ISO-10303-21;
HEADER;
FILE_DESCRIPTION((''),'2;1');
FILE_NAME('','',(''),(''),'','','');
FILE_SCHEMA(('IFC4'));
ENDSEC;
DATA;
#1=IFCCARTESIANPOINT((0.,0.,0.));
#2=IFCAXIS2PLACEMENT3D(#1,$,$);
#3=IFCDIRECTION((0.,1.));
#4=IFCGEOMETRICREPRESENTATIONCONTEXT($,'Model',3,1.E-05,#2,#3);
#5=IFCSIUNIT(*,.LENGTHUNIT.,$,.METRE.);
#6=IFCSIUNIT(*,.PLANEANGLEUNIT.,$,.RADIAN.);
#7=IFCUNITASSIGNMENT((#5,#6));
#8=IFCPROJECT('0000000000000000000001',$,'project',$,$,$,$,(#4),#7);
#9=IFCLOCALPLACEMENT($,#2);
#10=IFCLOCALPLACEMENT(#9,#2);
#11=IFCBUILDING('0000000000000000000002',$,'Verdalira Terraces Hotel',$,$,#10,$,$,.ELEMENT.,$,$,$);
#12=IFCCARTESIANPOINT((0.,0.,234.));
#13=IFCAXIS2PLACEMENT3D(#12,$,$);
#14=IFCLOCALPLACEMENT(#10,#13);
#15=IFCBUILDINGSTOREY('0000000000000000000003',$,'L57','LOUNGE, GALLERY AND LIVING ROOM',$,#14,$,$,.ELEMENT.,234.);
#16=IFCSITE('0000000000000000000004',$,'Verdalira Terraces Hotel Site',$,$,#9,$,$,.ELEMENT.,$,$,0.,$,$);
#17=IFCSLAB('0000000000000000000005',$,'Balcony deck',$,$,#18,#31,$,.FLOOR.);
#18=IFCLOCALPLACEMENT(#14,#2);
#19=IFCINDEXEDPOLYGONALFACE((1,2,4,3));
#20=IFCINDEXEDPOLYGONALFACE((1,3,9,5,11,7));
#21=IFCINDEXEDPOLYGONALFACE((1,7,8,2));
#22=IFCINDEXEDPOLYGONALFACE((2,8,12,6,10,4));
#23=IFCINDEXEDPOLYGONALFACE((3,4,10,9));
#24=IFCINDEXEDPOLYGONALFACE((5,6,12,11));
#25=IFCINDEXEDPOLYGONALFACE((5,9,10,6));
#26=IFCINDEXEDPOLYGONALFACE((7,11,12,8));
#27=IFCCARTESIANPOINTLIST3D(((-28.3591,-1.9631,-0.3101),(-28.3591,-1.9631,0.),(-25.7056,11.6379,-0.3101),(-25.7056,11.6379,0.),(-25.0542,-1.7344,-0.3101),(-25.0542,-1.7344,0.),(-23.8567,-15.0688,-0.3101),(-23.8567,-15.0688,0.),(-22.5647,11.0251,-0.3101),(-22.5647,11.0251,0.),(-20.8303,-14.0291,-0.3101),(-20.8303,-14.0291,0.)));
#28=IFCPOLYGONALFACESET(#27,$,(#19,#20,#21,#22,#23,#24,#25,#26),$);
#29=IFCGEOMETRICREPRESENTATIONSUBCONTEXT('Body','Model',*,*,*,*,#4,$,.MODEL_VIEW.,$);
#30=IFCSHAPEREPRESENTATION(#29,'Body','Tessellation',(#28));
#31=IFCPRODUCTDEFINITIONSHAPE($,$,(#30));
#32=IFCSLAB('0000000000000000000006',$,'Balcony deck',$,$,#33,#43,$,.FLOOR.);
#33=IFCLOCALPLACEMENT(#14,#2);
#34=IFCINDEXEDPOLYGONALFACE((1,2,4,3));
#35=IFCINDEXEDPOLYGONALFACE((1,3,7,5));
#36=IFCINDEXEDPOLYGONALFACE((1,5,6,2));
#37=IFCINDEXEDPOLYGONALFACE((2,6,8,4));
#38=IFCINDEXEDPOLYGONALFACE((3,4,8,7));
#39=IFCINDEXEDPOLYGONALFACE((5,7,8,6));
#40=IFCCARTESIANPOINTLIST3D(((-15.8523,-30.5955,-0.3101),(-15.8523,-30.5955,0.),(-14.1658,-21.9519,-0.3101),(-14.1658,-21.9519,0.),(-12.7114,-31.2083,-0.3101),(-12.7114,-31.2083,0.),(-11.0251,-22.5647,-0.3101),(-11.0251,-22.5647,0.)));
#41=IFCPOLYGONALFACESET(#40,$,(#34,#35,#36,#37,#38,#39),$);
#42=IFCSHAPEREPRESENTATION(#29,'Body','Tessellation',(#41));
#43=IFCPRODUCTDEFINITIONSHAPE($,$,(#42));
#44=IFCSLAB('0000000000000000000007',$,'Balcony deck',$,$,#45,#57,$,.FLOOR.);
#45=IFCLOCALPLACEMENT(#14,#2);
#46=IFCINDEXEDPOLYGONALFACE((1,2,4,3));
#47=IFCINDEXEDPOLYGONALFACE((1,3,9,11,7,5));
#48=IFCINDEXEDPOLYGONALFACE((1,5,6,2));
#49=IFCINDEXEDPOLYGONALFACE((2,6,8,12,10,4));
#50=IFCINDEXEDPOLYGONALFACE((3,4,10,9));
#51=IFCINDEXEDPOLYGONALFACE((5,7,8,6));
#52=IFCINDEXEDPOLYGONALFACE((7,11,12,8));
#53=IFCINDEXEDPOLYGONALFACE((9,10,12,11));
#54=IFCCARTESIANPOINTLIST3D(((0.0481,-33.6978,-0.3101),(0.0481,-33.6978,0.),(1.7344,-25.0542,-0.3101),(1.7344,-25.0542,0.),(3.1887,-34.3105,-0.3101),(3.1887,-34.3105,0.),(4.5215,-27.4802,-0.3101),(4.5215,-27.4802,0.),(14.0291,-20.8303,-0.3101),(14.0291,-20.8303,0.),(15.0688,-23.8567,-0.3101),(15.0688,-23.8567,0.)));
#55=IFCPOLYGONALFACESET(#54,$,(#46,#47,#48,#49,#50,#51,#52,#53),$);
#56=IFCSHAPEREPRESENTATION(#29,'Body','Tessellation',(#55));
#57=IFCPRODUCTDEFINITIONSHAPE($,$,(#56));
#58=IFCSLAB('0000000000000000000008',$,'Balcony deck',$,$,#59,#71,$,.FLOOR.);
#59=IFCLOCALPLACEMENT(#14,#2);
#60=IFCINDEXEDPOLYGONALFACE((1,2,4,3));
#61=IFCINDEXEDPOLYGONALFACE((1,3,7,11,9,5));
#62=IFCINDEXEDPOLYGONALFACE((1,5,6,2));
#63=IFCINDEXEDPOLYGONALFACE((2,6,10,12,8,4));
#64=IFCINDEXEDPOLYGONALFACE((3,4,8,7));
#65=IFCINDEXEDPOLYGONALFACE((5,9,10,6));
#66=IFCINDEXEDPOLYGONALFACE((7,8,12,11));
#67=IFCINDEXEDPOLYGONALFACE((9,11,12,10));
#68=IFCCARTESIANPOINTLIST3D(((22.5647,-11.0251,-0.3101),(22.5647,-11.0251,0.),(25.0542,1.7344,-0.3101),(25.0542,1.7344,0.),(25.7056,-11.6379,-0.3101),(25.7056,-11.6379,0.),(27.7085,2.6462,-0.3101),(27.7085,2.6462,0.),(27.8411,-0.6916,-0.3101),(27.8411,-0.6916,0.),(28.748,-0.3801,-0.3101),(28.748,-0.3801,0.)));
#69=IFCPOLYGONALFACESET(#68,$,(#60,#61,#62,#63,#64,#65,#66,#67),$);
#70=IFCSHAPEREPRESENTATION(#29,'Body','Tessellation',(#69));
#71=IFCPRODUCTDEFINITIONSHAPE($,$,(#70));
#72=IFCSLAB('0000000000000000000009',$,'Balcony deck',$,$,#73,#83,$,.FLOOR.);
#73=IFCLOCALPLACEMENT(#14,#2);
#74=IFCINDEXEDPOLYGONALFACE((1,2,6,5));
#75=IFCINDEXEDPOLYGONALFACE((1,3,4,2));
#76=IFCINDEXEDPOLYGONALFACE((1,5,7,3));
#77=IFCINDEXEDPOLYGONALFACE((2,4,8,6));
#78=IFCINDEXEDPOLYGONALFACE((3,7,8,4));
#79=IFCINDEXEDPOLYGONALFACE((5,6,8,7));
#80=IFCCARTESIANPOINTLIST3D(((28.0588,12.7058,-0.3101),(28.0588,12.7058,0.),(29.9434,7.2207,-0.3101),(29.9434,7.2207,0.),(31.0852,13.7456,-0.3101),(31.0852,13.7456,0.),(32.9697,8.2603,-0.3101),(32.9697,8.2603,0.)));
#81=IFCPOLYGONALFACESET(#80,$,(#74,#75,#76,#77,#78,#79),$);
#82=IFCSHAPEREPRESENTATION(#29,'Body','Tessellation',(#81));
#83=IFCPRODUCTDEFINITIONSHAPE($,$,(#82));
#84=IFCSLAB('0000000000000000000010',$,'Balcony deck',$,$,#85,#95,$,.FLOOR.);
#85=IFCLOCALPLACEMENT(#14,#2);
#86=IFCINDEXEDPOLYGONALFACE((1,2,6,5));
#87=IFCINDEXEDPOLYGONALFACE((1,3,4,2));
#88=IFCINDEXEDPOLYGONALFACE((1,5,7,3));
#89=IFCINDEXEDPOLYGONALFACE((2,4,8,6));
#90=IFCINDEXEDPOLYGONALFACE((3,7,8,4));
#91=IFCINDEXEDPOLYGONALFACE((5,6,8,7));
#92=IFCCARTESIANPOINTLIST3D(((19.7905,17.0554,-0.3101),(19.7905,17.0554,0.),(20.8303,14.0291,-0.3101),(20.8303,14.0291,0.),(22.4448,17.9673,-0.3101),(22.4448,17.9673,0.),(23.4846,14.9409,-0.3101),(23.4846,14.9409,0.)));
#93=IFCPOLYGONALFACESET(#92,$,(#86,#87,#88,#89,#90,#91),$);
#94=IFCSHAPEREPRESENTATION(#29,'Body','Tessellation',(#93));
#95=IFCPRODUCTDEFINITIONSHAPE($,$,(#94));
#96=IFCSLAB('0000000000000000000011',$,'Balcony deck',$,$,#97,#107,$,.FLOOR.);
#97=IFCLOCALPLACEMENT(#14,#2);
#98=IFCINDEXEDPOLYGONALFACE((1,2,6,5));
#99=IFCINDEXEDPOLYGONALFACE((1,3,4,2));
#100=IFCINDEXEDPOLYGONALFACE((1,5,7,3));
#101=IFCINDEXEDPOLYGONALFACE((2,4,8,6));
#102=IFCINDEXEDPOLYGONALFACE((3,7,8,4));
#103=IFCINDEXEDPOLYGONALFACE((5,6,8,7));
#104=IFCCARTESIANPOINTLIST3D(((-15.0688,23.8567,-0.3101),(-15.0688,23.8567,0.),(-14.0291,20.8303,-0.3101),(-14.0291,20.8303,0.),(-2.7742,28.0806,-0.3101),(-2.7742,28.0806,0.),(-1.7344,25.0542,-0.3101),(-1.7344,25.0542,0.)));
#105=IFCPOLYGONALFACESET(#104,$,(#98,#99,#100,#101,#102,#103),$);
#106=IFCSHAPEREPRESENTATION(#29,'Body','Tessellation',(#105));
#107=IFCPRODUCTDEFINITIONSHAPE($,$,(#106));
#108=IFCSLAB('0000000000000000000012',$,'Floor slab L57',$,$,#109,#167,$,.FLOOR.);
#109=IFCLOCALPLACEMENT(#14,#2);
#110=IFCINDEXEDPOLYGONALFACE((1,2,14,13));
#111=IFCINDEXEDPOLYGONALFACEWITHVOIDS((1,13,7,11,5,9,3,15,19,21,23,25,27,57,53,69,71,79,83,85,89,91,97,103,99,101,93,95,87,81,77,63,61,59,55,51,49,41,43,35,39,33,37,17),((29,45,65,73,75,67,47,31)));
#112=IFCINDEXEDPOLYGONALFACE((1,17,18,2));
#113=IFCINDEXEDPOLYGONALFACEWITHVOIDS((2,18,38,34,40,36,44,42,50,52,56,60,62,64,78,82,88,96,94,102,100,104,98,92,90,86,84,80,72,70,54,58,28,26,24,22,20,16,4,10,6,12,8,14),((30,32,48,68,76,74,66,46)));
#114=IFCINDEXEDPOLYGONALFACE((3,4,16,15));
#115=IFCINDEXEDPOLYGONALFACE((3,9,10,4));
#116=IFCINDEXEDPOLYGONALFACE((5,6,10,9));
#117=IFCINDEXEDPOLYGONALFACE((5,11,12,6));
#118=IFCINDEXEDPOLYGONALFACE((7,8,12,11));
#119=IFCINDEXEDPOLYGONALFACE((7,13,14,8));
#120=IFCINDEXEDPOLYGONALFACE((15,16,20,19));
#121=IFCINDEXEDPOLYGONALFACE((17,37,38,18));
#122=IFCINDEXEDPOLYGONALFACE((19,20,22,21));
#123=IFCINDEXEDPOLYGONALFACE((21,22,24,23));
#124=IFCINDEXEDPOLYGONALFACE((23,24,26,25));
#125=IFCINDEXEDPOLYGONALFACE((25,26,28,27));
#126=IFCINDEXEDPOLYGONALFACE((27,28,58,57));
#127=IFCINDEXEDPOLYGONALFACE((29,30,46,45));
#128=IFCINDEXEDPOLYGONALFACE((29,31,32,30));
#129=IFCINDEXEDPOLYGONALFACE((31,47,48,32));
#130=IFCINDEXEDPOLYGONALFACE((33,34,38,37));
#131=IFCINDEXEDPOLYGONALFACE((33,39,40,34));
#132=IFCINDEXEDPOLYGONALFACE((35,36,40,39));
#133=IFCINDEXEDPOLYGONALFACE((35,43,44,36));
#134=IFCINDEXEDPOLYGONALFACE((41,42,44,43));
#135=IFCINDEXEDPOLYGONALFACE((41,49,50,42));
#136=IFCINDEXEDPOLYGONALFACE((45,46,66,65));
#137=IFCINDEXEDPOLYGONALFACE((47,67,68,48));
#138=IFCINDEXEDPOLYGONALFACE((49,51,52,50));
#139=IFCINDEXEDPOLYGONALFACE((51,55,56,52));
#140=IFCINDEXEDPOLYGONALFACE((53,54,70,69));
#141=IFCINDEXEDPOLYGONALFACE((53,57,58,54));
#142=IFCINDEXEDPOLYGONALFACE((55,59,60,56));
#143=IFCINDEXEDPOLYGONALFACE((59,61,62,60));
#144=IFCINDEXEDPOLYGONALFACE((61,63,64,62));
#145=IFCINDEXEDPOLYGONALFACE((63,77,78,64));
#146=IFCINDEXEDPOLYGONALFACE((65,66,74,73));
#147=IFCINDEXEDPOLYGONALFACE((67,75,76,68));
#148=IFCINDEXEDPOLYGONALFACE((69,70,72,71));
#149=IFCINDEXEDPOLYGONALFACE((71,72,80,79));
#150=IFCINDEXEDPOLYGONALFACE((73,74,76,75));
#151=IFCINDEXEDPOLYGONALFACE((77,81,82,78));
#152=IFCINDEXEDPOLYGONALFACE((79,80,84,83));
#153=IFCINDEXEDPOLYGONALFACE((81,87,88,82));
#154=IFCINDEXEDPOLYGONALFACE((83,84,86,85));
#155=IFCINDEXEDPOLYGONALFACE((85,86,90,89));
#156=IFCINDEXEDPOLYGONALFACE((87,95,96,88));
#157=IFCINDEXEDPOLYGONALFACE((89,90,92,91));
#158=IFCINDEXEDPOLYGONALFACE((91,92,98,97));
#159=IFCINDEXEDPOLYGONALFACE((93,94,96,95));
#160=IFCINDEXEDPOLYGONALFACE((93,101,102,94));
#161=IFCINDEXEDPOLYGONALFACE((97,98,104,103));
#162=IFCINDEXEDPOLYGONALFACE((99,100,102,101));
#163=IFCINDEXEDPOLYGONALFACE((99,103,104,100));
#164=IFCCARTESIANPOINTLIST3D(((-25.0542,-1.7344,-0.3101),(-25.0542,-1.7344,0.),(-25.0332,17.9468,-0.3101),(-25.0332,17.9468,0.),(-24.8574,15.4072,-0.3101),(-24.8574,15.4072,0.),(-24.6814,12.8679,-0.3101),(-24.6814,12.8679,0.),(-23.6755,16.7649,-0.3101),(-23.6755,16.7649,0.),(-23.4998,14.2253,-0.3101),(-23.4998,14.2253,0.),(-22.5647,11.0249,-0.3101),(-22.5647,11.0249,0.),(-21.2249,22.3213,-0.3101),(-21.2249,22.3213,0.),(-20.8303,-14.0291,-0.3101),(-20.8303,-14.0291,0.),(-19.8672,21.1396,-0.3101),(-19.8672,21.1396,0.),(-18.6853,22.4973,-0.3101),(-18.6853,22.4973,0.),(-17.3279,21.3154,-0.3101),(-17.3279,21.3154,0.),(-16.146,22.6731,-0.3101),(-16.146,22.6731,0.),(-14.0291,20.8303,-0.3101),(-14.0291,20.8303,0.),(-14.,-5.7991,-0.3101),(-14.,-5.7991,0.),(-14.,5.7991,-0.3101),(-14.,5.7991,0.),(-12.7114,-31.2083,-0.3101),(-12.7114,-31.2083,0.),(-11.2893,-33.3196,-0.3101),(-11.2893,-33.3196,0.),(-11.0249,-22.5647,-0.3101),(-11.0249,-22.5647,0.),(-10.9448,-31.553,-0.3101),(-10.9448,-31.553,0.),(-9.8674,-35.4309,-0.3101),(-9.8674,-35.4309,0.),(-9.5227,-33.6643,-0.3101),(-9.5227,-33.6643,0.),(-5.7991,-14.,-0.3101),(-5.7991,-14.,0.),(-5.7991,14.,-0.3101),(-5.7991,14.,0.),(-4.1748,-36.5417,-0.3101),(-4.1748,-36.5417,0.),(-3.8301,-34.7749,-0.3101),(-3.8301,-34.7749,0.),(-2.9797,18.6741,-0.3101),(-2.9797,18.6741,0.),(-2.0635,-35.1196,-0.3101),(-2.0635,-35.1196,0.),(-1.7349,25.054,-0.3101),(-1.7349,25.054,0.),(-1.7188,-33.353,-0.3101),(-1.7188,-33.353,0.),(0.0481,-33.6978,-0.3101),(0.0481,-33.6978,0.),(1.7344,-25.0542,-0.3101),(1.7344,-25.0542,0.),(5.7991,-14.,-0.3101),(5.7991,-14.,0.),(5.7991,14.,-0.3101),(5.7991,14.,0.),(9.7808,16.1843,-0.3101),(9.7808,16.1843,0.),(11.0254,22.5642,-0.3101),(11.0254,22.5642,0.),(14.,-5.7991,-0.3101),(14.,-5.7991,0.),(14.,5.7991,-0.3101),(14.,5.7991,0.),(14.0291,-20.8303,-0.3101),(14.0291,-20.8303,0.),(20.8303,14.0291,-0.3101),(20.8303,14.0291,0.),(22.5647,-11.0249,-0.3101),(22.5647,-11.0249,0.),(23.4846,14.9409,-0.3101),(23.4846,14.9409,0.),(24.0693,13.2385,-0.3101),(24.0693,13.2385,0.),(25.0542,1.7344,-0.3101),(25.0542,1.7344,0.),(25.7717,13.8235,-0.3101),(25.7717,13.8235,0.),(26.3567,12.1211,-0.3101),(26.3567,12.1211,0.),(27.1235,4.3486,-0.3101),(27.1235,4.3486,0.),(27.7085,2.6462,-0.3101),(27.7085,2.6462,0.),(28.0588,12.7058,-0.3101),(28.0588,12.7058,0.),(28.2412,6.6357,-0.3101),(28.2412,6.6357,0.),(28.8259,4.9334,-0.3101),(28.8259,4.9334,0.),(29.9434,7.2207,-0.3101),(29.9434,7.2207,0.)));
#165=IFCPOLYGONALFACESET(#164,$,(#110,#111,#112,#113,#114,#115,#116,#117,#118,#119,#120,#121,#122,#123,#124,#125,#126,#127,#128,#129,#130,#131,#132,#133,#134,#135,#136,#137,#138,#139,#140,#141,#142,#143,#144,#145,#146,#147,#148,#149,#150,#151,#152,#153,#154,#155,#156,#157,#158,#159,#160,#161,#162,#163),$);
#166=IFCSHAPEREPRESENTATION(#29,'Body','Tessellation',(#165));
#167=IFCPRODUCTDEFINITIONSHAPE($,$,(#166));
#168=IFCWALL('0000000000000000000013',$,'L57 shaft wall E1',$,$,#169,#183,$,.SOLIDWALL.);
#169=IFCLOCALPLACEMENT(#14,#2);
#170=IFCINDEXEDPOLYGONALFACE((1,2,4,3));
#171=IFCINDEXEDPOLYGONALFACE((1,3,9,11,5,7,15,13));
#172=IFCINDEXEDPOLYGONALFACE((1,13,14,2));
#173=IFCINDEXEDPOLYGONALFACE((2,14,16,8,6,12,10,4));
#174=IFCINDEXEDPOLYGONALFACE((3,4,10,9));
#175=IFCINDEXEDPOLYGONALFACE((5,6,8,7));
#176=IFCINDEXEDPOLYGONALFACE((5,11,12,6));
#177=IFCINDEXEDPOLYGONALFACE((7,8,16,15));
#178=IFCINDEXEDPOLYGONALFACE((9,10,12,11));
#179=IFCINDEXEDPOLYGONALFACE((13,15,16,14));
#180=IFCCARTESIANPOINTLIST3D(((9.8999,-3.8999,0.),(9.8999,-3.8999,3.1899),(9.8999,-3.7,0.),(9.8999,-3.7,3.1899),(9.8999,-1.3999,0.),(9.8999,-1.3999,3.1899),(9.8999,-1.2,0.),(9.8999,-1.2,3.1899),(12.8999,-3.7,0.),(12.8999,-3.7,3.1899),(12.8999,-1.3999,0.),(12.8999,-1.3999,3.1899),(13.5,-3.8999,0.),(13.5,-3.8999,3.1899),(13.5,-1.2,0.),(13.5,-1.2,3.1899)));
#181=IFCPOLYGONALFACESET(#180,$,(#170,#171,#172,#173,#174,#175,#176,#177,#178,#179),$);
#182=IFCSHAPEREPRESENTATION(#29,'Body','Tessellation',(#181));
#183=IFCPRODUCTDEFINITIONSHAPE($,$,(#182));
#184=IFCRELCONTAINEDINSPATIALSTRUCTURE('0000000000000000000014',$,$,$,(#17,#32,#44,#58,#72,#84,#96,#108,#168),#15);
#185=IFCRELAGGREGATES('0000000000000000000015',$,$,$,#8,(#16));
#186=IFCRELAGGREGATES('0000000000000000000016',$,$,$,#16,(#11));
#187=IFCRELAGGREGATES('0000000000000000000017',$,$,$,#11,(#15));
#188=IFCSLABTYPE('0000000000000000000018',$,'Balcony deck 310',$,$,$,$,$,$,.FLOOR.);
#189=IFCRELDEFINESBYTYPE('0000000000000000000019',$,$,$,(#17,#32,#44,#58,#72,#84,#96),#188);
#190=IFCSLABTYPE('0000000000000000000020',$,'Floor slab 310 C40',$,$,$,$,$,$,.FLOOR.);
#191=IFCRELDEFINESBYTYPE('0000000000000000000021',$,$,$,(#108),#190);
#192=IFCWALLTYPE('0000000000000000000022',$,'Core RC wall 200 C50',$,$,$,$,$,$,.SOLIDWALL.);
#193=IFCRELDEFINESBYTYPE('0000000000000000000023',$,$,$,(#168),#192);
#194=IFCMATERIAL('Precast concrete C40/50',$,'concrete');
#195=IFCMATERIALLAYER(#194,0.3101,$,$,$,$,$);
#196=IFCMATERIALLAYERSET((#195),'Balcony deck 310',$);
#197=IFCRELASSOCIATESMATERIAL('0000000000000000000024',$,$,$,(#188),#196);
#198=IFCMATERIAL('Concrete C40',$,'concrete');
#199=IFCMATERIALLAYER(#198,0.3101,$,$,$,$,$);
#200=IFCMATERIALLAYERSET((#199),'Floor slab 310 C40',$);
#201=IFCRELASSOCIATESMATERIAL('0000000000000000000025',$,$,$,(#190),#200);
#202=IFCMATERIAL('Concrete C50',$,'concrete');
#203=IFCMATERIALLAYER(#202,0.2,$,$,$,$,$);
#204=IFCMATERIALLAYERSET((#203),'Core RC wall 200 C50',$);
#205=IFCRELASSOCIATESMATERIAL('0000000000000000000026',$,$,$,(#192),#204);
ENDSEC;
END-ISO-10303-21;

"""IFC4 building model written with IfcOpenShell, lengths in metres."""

from ifc_helpers import new_model, si_unit, direction, frame, origin, place, context, subcontext, project, spatial, polyline, outline, extrude, material, layer, layer_set, type_object, element, save


model = new_model("IFC4")

# Units and contexts
model_context = context("Model", 3, precision=1e-05, world=origin(), true_north=direction((0.0, 1.0)))
body_context = subcontext(model_context, "Body", "Model", "MODEL_VIEW")
ifc_project = project(units=[si_unit("LENGTHUNIT", "METRE"), si_unit("PLANEANGLEUNIT", "RADIAN")], contexts=[model_context])

# Site, building, storey
site_placement = place(None, origin())
site = spatial("IfcSite", under=ifc_project, at=site_placement, Name="Verdalira Terraces Hotel Site", CompositionType="ELEMENT", RefElevation=0.0)
building_placement = place(site_placement, origin())
building = spatial("IfcBuilding", under=site, at=building_placement, Name="Verdalira Terraces Hotel", CompositionType="ELEMENT")
storey_placement = place(building_placement, frame((0.0, 0.0, 234.0)))
storey = spatial("IfcBuildingStorey", under=building, at=storey_placement, Name="L57", Description="LOUNGE, GALLERY AND LIVING ROOM", CompositionType="ELEMENT", Elevation=234.0)

# Slabs
ifc_material_1 = material(Name="Precast concrete C40/50", Category="concrete")
ifc_layer_1 = layer(ifc_material_1, 0.3101)
ifc_layer_set_1 = layer_set([ifc_layer_1], Name="Balcony deck 310")
slab_type_1 = type_object("IfcSlabType", Name="Balcony deck 310", PredefinedType="FLOOR", material=ifc_layer_set_1)
slab_1_placement = place(storey_placement, frame((0.0, 0.0, -0.3101)))
element("IfcSlab", 1, at=slab_1_placement, inside=storey, type_object=slab_type_1, Name="Balcony deck", PredefinedType="FLOOR", context=body_context, shape_type="SweptSolid", body=[
    extrude(outline(polyline([(-28.3591, -1.9631), (-23.8567, -15.0688), (-20.8303, -14.0291), (-25.0542, -1.7344), (-22.5647, 11.0251), (-25.7056, 11.6379), (-28.3591, -1.9631)])), origin(), (0.0, 0.0, 1.0), 0.3101),
])
slab_2_placement = place(storey_placement, frame((0.0, 0.0, -0.3101)))
element("IfcSlab", 2, at=slab_2_placement, inside=storey, type_object=slab_type_1, Name="Balcony deck", PredefinedType="FLOOR", context=body_context, shape_type="SweptSolid", body=[
    extrude(outline(polyline([(-15.8523, -30.5955), (-12.7114, -31.2083), (-11.0251, -22.5647), (-14.1658, -21.9519), (-15.8523, -30.5955)])), origin(), (0.0, 0.0, 1.0), 0.3101),
])
slab_3_placement = place(storey_placement, frame((0.0, 0.0, -0.3101)))
element("IfcSlab", 3, at=slab_3_placement, inside=storey, type_object=slab_type_1, Name="Balcony deck", PredefinedType="FLOOR", context=body_context, shape_type="SweptSolid", body=[
    extrude(outline(polyline([(15.0688, -23.8567), (14.0291, -20.8303), (1.7344, -25.0542), (0.0481, -33.6978), (3.1887, -34.3105), (4.5215, -27.4802), (15.0688, -23.8567)])), origin(), (0.0, 0.0, 1.0), 0.3101),
])
slab_4_placement = place(storey_placement, frame((0.0, 0.0, -0.3101)))
element("IfcSlab", 4, at=slab_4_placement, inside=storey, type_object=slab_type_1, Name="Balcony deck", PredefinedType="FLOOR", context=body_context, shape_type="SweptSolid", body=[
    extrude(outline(polyline([(28.748, -0.3801), (27.7085, 2.6462), (25.0542, 1.7344), (22.5647, -11.0251), (25.7056, -11.6379), (27.8411, -0.6916), (28.748, -0.3801)])), origin(), (0.0, 0.0, 1.0), 0.3101),
])
slab_5_placement = place(storey_placement, frame((0.0, 0.0, -0.3101)))
element("IfcSlab", 5, at=slab_5_placement, inside=storey, type_object=slab_type_1, Name="Balcony deck", PredefinedType="FLOOR", context=body_context, shape_type="SweptSolid", body=[
    extrude(outline(polyline([(31.0852, 13.7456), (28.0588, 12.7058), (29.9434, 7.2207), (32.9697, 8.2603), (31.0852, 13.7456)])), origin(), (0.0, 0.0, 1.0), 0.3101),
])
slab_6_placement = place(storey_placement, frame((0.0, 0.0, -0.3101)))
element("IfcSlab", 6, at=slab_6_placement, inside=storey, type_object=slab_type_1, Name="Balcony deck", PredefinedType="FLOOR", context=body_context, shape_type="SweptSolid", body=[
    extrude(outline(polyline([(19.7905, 17.0554), (20.8303, 14.0291), (23.4846, 14.9409), (22.4448, 17.9673), (19.7905, 17.0554)])), origin(), (0.0, 0.0, 1.0), 0.3101),
])
slab_7_placement = place(storey_placement, frame((0.0, 0.0, -0.3101)))
element("IfcSlab", 7, at=slab_7_placement, inside=storey, type_object=slab_type_1, Name="Balcony deck", PredefinedType="FLOOR", context=body_context, shape_type="SweptSolid", body=[
    extrude(outline(polyline([(-15.0688, 23.8567), (-14.0291, 20.8303), (-1.7344, 25.0542), (-2.7742, 28.0806), (-15.0688, 23.8567)])), origin(), (0.0, 0.0, 1.0), 0.3101),
])
ifc_material_2 = material(Name="Concrete C40", Category="concrete")
ifc_layer_2 = layer(ifc_material_2, 0.3101)
ifc_layer_set_2 = layer_set([ifc_layer_2], Name="Floor slab 310 C40")
slab_type_2 = type_object("IfcSlabType", Name="Floor slab 310 C40", PredefinedType="FLOOR", material=ifc_layer_set_2)
slab_8_placement = place(storey_placement, frame((0.0, 0.0, -0.3101)))
element("IfcSlab", 8, at=slab_8_placement, inside=storey, type_object=slab_type_2, Name="Floor slab L57", PredefinedType="FLOOR", context=body_context, shape_type="SweptSolid", body=[
    extrude(outline(polyline([(23.4846, 14.9409), (20.8303, 14.0291), (11.0254, 22.5642), (9.7808, 16.1843), (-2.9797, 18.6741), (-1.7349, 25.054), (-14.0291, 20.8303), (-16.146, 22.6731), (-17.3279, 21.3154), (-18.6853, 22.4973), (-19.8672, 21.1396), (-21.2249, 22.3213), (-25.0332, 17.9468), (-23.6755, 16.7649), (-24.8574, 15.4072), (-23.4998, 14.2253), (-24.6814, 12.8679), (-22.5647, 11.0249), (-25.0542, -1.7344), (-20.8303, -14.0291), (-11.0249, -22.5647), (-12.7114, -31.2083), (-10.9448, -31.553), (-11.2893, -33.3196), (-9.5227, -33.6643), (-9.8674, -35.4309), (-4.1748, -36.5417), (-3.8301, -34.7749), (-2.0635, -35.1196), (-1.7188, -33.353), (0.0481, -33.6978), (1.7344, -25.0542), (14.0291, -20.8303), (22.5647, -11.0249), (25.0542, 1.7344), (27.7085, 2.6462), (27.1235, 4.3486), (28.8259, 4.9333), (28.2412, 6.6357), (29.9434, 7.2207), (28.0588, 12.7058), (26.3567, 12.1211), (25.7717, 13.8235), (24.0693, 13.2385), (23.4846, 14.9409)]), holes=[polyline([(5.7991, 14.0), (14.0, 5.7991), (14.0, -5.7991), (5.7991, -14.0), (-5.7991, -14.0), (-14.0, -5.7991), (-14.0, 5.7991), (-5.7991, 14.0), (5.7991, 14.0)])]), origin(), (0.0, 0.0, 1.0), 0.3101),
])

# Wall
ifc_material_3 = material(Name="Concrete C50", Category="concrete")
ifc_layer_3 = layer(ifc_material_3, 0.2)
ifc_layer_set_3 = layer_set([ifc_layer_3], Name="Core RC wall 200 C50")
wall_type_1 = type_object("IfcWallType", Name="Core RC wall 200 C50", PredefinedType="SOLIDWALL", material=ifc_layer_set_3)
wall_1_placement = place(storey_placement, origin())
element("IfcWall", 9, at=wall_1_placement, inside=storey, type_object=wall_type_1, Name="L57 shaft wall E1", PredefinedType="SOLIDWALL", context=body_context, shape_type="SweptSolid", body=[
    extrude(outline(polyline([(13.5, -3.8999), (9.8999, -3.8999), (9.8999, -3.7), (12.8999, -3.7), (12.8999, -1.3999), (9.8999, -1.3999), (9.8999, -1.2), (13.5, -1.2), (13.5, -3.8999)])), origin(), (0.0, 0.0, 1.0), 3.1899),
])

save(model, "model.ifc")
